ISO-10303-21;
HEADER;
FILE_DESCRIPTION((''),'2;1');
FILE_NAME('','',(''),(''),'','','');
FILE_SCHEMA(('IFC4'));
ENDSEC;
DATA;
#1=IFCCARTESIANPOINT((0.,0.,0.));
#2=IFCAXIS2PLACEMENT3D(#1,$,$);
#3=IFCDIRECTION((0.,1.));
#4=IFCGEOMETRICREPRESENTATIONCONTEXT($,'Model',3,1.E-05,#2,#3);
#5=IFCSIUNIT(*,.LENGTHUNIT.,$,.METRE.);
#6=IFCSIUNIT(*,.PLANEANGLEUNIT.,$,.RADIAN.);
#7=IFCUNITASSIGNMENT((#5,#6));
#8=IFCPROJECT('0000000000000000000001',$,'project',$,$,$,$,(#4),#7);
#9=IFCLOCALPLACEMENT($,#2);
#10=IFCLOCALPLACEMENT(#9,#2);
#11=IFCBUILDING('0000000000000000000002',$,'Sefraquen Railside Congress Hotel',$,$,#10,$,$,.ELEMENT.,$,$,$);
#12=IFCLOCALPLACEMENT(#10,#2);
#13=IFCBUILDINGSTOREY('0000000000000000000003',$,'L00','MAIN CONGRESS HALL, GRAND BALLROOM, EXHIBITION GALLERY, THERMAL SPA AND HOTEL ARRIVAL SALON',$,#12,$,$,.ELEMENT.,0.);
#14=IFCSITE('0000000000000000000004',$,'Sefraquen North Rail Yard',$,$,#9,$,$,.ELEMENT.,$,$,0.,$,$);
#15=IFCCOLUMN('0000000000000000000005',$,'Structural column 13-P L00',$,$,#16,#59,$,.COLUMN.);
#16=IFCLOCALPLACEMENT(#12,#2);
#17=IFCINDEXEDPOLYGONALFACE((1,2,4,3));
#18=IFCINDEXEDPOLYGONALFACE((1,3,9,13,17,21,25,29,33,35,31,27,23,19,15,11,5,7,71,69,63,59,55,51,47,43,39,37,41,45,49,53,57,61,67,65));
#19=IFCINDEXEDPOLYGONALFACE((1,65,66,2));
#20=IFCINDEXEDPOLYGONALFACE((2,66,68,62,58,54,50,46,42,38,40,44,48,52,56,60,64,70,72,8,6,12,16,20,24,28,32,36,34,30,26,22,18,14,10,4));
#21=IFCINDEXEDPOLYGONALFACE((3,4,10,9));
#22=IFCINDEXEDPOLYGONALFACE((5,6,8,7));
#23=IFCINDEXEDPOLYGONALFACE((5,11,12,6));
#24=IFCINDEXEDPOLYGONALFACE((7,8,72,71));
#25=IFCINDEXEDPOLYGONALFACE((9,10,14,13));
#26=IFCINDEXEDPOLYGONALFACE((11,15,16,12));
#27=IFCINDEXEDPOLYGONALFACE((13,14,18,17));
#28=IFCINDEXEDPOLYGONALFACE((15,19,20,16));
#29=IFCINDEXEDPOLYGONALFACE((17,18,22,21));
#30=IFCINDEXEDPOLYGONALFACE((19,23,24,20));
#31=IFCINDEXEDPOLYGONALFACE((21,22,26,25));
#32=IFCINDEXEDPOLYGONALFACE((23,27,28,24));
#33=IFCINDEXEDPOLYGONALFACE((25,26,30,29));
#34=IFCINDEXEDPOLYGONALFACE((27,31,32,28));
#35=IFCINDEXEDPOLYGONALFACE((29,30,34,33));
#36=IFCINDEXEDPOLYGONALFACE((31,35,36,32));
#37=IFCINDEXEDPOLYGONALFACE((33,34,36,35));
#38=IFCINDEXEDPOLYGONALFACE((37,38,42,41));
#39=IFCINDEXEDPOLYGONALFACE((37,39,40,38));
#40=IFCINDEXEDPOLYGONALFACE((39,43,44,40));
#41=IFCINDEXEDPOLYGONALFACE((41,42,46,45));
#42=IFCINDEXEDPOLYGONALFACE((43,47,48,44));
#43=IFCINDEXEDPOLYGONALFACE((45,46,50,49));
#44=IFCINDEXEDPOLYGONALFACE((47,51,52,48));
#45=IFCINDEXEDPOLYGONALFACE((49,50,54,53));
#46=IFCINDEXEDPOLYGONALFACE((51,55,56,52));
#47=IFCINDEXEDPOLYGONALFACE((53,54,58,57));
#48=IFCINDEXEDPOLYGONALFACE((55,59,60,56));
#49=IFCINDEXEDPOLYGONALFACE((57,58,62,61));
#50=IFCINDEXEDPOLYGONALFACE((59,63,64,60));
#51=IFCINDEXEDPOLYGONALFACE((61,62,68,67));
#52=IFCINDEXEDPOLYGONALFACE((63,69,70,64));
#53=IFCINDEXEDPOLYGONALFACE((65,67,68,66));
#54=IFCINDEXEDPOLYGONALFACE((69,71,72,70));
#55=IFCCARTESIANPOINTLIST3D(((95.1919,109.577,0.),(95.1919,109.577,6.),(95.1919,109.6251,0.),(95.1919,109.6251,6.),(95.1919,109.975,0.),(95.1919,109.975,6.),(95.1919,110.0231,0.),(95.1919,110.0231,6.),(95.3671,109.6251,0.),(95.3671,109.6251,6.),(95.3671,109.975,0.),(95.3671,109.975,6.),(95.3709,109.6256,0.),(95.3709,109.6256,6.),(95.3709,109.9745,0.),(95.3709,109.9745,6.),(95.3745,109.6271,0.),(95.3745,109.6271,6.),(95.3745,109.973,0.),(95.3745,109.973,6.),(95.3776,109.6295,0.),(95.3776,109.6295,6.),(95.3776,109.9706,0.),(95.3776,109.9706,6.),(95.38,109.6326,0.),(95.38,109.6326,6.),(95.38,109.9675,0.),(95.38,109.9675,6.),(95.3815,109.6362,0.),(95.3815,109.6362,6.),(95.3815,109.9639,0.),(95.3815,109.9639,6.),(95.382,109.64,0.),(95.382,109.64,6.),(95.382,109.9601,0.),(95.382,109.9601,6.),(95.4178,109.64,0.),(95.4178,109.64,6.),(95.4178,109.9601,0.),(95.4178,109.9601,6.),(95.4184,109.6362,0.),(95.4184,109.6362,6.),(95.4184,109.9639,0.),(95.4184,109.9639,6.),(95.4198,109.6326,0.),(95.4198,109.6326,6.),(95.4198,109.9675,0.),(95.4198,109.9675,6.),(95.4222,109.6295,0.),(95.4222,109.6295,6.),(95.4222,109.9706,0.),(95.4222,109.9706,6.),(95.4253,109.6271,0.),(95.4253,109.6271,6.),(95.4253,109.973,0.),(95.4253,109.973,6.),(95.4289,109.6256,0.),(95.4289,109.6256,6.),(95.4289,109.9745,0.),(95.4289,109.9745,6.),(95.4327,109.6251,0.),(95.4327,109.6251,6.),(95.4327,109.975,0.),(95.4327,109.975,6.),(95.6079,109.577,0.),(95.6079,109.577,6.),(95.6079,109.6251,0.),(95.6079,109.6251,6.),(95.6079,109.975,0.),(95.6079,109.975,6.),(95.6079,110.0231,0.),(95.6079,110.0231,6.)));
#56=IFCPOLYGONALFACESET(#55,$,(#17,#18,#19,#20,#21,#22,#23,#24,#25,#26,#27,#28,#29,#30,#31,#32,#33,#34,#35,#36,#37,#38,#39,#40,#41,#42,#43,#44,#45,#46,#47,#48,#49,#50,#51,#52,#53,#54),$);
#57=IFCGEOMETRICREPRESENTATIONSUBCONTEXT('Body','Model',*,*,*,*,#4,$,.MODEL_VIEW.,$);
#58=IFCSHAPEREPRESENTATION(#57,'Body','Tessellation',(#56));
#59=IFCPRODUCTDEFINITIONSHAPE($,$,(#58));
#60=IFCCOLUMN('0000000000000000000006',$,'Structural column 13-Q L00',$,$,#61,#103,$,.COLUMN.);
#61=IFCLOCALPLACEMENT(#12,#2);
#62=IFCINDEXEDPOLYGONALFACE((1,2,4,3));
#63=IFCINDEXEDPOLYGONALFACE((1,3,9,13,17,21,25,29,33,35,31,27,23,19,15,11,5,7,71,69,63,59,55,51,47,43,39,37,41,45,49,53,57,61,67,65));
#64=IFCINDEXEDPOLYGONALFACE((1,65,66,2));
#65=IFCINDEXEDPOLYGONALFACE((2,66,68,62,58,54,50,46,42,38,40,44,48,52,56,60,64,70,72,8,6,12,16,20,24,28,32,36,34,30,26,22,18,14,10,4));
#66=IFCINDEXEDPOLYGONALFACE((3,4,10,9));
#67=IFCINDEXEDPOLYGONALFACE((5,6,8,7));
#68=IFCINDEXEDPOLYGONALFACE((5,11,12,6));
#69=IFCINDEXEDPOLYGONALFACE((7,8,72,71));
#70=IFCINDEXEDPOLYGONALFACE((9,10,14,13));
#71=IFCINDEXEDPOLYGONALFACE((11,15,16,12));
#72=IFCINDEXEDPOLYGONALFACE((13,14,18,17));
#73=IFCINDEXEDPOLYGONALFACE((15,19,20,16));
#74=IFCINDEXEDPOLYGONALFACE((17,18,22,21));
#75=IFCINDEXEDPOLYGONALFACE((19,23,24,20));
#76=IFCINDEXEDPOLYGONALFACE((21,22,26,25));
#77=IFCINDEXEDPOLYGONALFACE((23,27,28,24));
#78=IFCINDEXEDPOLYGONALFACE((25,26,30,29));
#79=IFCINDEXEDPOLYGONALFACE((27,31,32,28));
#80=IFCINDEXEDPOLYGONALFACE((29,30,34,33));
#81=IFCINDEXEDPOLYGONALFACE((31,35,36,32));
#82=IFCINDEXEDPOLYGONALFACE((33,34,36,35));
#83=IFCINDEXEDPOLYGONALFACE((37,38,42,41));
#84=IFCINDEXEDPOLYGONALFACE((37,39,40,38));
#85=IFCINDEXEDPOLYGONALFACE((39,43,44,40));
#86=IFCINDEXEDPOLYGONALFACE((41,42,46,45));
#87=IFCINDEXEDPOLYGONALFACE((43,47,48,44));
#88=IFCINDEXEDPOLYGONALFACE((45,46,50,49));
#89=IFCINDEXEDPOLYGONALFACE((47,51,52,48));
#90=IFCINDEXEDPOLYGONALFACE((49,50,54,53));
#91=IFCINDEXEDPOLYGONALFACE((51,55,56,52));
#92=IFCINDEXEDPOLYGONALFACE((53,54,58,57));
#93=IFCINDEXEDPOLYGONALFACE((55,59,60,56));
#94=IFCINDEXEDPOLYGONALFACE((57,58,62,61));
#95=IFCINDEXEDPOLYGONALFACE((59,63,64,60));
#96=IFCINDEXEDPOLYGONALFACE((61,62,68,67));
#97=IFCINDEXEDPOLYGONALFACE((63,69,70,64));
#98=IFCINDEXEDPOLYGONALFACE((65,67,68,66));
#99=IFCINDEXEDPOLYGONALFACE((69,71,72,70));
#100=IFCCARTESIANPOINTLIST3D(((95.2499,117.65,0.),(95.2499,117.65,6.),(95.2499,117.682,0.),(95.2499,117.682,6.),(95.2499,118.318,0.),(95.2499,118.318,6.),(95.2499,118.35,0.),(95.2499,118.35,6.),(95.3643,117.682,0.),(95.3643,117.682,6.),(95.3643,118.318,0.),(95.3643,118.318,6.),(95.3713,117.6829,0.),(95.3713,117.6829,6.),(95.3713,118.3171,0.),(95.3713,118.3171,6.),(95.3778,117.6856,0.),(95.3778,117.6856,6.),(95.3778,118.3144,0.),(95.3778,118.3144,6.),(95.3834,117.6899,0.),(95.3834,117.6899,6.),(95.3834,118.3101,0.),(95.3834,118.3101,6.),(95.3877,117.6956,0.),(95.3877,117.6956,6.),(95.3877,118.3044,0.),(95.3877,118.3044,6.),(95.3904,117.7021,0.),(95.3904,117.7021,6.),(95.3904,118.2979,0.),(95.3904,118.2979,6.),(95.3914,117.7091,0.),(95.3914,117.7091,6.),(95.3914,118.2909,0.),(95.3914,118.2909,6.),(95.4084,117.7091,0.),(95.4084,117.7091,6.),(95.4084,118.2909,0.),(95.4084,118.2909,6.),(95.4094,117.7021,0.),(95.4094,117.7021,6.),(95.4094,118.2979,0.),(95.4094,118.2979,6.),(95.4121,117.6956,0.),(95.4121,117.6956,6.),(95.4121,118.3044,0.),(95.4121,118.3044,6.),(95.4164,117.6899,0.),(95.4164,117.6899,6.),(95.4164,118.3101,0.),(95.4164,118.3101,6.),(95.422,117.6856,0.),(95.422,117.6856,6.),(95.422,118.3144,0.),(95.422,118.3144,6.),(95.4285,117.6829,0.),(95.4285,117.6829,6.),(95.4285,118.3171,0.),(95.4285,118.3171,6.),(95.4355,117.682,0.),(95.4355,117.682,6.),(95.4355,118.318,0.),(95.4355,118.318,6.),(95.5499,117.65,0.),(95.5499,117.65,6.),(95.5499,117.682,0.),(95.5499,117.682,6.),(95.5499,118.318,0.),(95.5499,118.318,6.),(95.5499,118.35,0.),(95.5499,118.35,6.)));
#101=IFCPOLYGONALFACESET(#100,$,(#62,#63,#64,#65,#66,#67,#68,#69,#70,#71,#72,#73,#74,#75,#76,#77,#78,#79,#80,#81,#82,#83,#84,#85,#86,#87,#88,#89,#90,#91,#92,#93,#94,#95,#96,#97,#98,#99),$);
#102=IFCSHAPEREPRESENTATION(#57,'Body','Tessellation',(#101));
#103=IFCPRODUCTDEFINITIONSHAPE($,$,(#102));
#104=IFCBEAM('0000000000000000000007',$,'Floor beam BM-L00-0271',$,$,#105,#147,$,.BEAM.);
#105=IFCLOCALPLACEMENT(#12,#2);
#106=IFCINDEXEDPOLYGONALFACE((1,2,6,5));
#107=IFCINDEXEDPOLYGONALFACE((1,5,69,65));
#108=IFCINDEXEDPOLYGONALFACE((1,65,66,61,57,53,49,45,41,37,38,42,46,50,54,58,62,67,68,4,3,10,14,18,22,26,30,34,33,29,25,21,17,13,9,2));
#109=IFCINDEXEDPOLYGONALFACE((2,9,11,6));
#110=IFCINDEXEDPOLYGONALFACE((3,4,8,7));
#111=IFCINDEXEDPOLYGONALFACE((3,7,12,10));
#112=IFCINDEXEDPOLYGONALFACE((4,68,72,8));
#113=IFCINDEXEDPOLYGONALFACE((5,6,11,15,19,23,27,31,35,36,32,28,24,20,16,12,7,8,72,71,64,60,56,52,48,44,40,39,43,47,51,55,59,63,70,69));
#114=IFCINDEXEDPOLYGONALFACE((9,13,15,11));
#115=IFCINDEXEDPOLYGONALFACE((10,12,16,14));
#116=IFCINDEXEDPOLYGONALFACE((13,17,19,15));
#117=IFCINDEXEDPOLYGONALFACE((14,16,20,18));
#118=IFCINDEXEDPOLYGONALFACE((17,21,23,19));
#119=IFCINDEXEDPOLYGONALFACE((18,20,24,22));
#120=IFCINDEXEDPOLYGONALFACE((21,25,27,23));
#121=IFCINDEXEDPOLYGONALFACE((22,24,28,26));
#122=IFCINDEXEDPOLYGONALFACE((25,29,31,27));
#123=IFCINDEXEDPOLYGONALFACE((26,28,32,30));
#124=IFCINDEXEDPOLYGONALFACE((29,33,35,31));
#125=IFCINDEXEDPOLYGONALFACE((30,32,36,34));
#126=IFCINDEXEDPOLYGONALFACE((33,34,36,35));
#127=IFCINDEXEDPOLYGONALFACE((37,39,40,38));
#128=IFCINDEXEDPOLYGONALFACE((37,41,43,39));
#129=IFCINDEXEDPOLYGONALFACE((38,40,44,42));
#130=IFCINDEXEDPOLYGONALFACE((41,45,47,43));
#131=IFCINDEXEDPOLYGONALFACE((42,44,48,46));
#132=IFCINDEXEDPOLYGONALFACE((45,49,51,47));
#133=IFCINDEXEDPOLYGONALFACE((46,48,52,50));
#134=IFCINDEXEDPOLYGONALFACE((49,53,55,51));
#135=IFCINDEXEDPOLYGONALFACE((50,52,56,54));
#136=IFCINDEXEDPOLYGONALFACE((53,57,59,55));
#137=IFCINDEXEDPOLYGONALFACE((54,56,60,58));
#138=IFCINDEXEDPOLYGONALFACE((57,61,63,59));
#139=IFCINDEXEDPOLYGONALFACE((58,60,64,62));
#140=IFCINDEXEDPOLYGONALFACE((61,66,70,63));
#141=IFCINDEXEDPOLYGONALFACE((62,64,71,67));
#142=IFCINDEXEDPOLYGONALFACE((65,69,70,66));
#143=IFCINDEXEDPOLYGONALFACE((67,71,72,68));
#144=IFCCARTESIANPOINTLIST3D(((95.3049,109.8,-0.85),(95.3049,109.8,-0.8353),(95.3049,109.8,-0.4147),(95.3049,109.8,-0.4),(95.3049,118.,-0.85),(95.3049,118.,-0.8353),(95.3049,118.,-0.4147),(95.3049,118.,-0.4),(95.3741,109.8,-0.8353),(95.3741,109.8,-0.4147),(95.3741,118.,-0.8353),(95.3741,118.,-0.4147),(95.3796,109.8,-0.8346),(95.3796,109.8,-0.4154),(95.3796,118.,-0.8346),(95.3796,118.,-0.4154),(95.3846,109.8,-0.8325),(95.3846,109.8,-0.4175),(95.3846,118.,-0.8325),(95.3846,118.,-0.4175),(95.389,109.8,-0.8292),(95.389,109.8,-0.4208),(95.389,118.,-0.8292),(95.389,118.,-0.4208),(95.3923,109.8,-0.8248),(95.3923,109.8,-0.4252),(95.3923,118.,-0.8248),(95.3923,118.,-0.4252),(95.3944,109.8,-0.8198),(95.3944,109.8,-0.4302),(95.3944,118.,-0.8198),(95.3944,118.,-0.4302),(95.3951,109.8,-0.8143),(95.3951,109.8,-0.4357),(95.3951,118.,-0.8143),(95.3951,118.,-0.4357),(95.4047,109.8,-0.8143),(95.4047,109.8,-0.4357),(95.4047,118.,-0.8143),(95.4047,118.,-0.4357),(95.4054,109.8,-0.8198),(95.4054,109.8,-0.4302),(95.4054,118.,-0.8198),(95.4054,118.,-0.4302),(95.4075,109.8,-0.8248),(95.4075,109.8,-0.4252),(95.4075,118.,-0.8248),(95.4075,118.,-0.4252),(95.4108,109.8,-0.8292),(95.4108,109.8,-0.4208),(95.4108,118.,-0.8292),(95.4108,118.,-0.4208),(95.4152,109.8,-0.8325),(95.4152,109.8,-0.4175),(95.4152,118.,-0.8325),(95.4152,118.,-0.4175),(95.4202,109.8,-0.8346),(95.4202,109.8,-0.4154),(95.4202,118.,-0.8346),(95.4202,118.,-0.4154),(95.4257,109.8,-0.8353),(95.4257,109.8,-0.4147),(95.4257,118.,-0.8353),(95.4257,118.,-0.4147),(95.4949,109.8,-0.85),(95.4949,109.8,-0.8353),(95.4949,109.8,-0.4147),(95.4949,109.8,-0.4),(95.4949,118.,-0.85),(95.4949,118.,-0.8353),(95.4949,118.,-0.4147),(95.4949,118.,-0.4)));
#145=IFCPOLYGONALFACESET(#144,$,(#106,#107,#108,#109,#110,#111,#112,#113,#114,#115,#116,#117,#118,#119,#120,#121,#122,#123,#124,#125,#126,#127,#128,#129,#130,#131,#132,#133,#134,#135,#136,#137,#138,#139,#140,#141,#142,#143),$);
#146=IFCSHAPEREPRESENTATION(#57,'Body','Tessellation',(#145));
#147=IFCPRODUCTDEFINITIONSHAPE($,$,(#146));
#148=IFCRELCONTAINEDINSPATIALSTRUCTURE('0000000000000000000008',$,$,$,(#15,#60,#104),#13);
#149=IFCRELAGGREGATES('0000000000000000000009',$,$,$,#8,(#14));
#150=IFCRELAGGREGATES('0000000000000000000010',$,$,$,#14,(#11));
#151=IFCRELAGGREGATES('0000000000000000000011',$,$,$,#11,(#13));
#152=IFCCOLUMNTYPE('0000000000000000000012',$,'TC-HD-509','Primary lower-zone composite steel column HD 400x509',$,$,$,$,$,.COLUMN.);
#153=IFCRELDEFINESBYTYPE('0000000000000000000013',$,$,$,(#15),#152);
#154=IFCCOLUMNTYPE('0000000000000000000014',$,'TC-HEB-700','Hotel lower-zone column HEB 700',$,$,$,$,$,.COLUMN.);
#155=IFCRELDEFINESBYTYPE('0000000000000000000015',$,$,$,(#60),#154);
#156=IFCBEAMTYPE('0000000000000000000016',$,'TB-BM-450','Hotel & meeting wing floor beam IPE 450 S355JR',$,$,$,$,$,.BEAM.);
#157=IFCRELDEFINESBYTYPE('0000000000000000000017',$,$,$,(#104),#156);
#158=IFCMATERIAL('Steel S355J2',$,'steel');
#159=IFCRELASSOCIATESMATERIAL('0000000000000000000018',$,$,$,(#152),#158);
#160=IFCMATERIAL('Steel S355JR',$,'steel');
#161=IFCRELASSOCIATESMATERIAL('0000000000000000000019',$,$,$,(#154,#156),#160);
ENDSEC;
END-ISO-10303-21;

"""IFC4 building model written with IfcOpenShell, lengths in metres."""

from ifc_helpers import new_model, si_unit, direction, frame, origin, origin_2d, place, context, subcontext, project, spatial, i_section, extrude, material, material_profile, profile_set, type_object, element, save


model = new_model("IFC4")

# Units and contexts
model_context = context("Model", 3, precision=1e-05, world=origin(), true_north=direction((0.0, 1.0)))
body_context = subcontext(model_context, "Body", "Model", "MODEL_VIEW")
ifc_project = project(units=[si_unit("LENGTHUNIT", "METRE"), si_unit("PLANEANGLEUNIT", "RADIAN")], contexts=[model_context])

# Site, building, storey
site_placement = place(None, origin())
site = spatial("IfcSite", under=ifc_project, at=site_placement, Name="Sefraquen North Rail Yard", CompositionType="ELEMENT", RefElevation=0.0)
building_placement = place(site_placement, origin())
building = spatial("IfcBuilding", under=site, at=building_placement, Name="Sefraquen Railside Congress Hotel", CompositionType="ELEMENT")
storey_placement = place(building_placement, origin())
storey = spatial("IfcBuildingStorey", under=building, at=storey_placement, Name="L00", Description="MAIN CONGRESS HALL, GRAND BALLROOM, EXHIBITION GALLERY, THERMAL SPA AND HOTEL ARRIVAL SALON", CompositionType="ELEMENT", Elevation=0.0)

# Columns
ifc_material_1 = material(Name="Steel S355J2", Category="steel")
ifc_material_profile_1 = material_profile(ifc_material_1, i_section(OverallWidth=0.416, OverallDepth=0.446, WebThickness=0.0359, FlangeThickness=0.0481, FilletRadius=0.0149, at=origin_2d()), Name="HD 400x509")
ifc_profile_set_1 = profile_set([ifc_material_profile_1], Name="Steel S355J2")
column_type_1 = type_object("IfcColumnType", Name="TC-HD-509", Description="Primary lower-zone composite steel column HD 400x509", PredefinedType="COLUMN", material=ifc_profile_set_1)
column_1_placement = place(storey_placement, frame((95.3999, 109.8, 0.0), z_axis=(0.0, 0.0, 1.0), x_axis=(1.0, 0.0, 0.0)))
element("IfcColumn", 1, at=column_1_placement, inside=storey, type_object=column_type_1, Name="Structural column 13-P L00", PredefinedType="COLUMN", context=body_context, shape_type="SweptSolid", body=[
    extrude(i_section(OverallWidth=0.416, OverallDepth=0.446, WebThickness=0.0359, FlangeThickness=0.0481, FilletRadius=0.0149, at=origin_2d()), origin(), (0.0, 0.0, 1.0), 6.0),
])
ifc_material_2 = material(Name="Steel S355JR", Category="steel")
ifc_material_profile_2 = material_profile(ifc_material_2, i_section(OverallWidth=0.3, OverallDepth=0.7, WebThickness=0.0171, FlangeThickness=0.032, FilletRadius=0.0271, at=origin_2d()), Name="HEB 700")
ifc_profile_set_2 = profile_set([ifc_material_profile_2], Name="Steel S355JR")
column_type_2 = type_object("IfcColumnType", Name="TC-HEB-700", Description="Hotel lower-zone column HEB 700", PredefinedType="COLUMN", material=ifc_profile_set_2)
column_2_placement = place(storey_placement, frame((95.3999, 118.0, 0.0), z_axis=(0.0, 0.0, 1.0), x_axis=(1.0, 0.0, 0.0)))
element("IfcColumn", 2, at=column_2_placement, inside=storey, type_object=column_type_2, Name="Structural column 13-Q L00", PredefinedType="COLUMN", context=body_context, shape_type="SweptSolid", body=[
    extrude(i_section(OverallWidth=0.3, OverallDepth=0.7, WebThickness=0.0171, FlangeThickness=0.032, FilletRadius=0.0271, at=origin_2d()), origin(), (0.0, 0.0, 1.0), 6.0),
])

# Beam
ifc_material_profile_3 = material_profile(ifc_material_2, i_section(OverallWidth=0.1899, OverallDepth=0.45, WebThickness=0.0095, FlangeThickness=0.0146, FilletRadius=0.021, at=origin_2d()), Name="IPE 450")
ifc_profile_set_3 = profile_set([ifc_material_profile_3], Name="Steel S355JR")
beam_type_1 = type_object("IfcBeamType", Name="TB-BM-450", Description="Hotel & meeting wing floor beam IPE 450 S355JR", PredefinedType="BEAM", material=ifc_profile_set_3)
beam_1_placement = place(storey_placement, frame((95.3999, 109.8, -0.625), z_axis=(0.0, 1.0, 0.0), x_axis=(-1.0, 0.0, 0.0)))
element("IfcBeam", 3, at=beam_1_placement, inside=storey, type_object=beam_type_1, Name="Floor beam BM-L00-0271", PredefinedType="BEAM", context=body_context, shape_type="SweptSolid", body=[
    extrude(i_section(OverallWidth=0.1899, OverallDepth=0.45, WebThickness=0.0095, FlangeThickness=0.0146, FilletRadius=0.021, at=origin_2d()), origin(), (0.0, 0.0, 1.0), 8.2),
])

save(model, "model.ifc")
